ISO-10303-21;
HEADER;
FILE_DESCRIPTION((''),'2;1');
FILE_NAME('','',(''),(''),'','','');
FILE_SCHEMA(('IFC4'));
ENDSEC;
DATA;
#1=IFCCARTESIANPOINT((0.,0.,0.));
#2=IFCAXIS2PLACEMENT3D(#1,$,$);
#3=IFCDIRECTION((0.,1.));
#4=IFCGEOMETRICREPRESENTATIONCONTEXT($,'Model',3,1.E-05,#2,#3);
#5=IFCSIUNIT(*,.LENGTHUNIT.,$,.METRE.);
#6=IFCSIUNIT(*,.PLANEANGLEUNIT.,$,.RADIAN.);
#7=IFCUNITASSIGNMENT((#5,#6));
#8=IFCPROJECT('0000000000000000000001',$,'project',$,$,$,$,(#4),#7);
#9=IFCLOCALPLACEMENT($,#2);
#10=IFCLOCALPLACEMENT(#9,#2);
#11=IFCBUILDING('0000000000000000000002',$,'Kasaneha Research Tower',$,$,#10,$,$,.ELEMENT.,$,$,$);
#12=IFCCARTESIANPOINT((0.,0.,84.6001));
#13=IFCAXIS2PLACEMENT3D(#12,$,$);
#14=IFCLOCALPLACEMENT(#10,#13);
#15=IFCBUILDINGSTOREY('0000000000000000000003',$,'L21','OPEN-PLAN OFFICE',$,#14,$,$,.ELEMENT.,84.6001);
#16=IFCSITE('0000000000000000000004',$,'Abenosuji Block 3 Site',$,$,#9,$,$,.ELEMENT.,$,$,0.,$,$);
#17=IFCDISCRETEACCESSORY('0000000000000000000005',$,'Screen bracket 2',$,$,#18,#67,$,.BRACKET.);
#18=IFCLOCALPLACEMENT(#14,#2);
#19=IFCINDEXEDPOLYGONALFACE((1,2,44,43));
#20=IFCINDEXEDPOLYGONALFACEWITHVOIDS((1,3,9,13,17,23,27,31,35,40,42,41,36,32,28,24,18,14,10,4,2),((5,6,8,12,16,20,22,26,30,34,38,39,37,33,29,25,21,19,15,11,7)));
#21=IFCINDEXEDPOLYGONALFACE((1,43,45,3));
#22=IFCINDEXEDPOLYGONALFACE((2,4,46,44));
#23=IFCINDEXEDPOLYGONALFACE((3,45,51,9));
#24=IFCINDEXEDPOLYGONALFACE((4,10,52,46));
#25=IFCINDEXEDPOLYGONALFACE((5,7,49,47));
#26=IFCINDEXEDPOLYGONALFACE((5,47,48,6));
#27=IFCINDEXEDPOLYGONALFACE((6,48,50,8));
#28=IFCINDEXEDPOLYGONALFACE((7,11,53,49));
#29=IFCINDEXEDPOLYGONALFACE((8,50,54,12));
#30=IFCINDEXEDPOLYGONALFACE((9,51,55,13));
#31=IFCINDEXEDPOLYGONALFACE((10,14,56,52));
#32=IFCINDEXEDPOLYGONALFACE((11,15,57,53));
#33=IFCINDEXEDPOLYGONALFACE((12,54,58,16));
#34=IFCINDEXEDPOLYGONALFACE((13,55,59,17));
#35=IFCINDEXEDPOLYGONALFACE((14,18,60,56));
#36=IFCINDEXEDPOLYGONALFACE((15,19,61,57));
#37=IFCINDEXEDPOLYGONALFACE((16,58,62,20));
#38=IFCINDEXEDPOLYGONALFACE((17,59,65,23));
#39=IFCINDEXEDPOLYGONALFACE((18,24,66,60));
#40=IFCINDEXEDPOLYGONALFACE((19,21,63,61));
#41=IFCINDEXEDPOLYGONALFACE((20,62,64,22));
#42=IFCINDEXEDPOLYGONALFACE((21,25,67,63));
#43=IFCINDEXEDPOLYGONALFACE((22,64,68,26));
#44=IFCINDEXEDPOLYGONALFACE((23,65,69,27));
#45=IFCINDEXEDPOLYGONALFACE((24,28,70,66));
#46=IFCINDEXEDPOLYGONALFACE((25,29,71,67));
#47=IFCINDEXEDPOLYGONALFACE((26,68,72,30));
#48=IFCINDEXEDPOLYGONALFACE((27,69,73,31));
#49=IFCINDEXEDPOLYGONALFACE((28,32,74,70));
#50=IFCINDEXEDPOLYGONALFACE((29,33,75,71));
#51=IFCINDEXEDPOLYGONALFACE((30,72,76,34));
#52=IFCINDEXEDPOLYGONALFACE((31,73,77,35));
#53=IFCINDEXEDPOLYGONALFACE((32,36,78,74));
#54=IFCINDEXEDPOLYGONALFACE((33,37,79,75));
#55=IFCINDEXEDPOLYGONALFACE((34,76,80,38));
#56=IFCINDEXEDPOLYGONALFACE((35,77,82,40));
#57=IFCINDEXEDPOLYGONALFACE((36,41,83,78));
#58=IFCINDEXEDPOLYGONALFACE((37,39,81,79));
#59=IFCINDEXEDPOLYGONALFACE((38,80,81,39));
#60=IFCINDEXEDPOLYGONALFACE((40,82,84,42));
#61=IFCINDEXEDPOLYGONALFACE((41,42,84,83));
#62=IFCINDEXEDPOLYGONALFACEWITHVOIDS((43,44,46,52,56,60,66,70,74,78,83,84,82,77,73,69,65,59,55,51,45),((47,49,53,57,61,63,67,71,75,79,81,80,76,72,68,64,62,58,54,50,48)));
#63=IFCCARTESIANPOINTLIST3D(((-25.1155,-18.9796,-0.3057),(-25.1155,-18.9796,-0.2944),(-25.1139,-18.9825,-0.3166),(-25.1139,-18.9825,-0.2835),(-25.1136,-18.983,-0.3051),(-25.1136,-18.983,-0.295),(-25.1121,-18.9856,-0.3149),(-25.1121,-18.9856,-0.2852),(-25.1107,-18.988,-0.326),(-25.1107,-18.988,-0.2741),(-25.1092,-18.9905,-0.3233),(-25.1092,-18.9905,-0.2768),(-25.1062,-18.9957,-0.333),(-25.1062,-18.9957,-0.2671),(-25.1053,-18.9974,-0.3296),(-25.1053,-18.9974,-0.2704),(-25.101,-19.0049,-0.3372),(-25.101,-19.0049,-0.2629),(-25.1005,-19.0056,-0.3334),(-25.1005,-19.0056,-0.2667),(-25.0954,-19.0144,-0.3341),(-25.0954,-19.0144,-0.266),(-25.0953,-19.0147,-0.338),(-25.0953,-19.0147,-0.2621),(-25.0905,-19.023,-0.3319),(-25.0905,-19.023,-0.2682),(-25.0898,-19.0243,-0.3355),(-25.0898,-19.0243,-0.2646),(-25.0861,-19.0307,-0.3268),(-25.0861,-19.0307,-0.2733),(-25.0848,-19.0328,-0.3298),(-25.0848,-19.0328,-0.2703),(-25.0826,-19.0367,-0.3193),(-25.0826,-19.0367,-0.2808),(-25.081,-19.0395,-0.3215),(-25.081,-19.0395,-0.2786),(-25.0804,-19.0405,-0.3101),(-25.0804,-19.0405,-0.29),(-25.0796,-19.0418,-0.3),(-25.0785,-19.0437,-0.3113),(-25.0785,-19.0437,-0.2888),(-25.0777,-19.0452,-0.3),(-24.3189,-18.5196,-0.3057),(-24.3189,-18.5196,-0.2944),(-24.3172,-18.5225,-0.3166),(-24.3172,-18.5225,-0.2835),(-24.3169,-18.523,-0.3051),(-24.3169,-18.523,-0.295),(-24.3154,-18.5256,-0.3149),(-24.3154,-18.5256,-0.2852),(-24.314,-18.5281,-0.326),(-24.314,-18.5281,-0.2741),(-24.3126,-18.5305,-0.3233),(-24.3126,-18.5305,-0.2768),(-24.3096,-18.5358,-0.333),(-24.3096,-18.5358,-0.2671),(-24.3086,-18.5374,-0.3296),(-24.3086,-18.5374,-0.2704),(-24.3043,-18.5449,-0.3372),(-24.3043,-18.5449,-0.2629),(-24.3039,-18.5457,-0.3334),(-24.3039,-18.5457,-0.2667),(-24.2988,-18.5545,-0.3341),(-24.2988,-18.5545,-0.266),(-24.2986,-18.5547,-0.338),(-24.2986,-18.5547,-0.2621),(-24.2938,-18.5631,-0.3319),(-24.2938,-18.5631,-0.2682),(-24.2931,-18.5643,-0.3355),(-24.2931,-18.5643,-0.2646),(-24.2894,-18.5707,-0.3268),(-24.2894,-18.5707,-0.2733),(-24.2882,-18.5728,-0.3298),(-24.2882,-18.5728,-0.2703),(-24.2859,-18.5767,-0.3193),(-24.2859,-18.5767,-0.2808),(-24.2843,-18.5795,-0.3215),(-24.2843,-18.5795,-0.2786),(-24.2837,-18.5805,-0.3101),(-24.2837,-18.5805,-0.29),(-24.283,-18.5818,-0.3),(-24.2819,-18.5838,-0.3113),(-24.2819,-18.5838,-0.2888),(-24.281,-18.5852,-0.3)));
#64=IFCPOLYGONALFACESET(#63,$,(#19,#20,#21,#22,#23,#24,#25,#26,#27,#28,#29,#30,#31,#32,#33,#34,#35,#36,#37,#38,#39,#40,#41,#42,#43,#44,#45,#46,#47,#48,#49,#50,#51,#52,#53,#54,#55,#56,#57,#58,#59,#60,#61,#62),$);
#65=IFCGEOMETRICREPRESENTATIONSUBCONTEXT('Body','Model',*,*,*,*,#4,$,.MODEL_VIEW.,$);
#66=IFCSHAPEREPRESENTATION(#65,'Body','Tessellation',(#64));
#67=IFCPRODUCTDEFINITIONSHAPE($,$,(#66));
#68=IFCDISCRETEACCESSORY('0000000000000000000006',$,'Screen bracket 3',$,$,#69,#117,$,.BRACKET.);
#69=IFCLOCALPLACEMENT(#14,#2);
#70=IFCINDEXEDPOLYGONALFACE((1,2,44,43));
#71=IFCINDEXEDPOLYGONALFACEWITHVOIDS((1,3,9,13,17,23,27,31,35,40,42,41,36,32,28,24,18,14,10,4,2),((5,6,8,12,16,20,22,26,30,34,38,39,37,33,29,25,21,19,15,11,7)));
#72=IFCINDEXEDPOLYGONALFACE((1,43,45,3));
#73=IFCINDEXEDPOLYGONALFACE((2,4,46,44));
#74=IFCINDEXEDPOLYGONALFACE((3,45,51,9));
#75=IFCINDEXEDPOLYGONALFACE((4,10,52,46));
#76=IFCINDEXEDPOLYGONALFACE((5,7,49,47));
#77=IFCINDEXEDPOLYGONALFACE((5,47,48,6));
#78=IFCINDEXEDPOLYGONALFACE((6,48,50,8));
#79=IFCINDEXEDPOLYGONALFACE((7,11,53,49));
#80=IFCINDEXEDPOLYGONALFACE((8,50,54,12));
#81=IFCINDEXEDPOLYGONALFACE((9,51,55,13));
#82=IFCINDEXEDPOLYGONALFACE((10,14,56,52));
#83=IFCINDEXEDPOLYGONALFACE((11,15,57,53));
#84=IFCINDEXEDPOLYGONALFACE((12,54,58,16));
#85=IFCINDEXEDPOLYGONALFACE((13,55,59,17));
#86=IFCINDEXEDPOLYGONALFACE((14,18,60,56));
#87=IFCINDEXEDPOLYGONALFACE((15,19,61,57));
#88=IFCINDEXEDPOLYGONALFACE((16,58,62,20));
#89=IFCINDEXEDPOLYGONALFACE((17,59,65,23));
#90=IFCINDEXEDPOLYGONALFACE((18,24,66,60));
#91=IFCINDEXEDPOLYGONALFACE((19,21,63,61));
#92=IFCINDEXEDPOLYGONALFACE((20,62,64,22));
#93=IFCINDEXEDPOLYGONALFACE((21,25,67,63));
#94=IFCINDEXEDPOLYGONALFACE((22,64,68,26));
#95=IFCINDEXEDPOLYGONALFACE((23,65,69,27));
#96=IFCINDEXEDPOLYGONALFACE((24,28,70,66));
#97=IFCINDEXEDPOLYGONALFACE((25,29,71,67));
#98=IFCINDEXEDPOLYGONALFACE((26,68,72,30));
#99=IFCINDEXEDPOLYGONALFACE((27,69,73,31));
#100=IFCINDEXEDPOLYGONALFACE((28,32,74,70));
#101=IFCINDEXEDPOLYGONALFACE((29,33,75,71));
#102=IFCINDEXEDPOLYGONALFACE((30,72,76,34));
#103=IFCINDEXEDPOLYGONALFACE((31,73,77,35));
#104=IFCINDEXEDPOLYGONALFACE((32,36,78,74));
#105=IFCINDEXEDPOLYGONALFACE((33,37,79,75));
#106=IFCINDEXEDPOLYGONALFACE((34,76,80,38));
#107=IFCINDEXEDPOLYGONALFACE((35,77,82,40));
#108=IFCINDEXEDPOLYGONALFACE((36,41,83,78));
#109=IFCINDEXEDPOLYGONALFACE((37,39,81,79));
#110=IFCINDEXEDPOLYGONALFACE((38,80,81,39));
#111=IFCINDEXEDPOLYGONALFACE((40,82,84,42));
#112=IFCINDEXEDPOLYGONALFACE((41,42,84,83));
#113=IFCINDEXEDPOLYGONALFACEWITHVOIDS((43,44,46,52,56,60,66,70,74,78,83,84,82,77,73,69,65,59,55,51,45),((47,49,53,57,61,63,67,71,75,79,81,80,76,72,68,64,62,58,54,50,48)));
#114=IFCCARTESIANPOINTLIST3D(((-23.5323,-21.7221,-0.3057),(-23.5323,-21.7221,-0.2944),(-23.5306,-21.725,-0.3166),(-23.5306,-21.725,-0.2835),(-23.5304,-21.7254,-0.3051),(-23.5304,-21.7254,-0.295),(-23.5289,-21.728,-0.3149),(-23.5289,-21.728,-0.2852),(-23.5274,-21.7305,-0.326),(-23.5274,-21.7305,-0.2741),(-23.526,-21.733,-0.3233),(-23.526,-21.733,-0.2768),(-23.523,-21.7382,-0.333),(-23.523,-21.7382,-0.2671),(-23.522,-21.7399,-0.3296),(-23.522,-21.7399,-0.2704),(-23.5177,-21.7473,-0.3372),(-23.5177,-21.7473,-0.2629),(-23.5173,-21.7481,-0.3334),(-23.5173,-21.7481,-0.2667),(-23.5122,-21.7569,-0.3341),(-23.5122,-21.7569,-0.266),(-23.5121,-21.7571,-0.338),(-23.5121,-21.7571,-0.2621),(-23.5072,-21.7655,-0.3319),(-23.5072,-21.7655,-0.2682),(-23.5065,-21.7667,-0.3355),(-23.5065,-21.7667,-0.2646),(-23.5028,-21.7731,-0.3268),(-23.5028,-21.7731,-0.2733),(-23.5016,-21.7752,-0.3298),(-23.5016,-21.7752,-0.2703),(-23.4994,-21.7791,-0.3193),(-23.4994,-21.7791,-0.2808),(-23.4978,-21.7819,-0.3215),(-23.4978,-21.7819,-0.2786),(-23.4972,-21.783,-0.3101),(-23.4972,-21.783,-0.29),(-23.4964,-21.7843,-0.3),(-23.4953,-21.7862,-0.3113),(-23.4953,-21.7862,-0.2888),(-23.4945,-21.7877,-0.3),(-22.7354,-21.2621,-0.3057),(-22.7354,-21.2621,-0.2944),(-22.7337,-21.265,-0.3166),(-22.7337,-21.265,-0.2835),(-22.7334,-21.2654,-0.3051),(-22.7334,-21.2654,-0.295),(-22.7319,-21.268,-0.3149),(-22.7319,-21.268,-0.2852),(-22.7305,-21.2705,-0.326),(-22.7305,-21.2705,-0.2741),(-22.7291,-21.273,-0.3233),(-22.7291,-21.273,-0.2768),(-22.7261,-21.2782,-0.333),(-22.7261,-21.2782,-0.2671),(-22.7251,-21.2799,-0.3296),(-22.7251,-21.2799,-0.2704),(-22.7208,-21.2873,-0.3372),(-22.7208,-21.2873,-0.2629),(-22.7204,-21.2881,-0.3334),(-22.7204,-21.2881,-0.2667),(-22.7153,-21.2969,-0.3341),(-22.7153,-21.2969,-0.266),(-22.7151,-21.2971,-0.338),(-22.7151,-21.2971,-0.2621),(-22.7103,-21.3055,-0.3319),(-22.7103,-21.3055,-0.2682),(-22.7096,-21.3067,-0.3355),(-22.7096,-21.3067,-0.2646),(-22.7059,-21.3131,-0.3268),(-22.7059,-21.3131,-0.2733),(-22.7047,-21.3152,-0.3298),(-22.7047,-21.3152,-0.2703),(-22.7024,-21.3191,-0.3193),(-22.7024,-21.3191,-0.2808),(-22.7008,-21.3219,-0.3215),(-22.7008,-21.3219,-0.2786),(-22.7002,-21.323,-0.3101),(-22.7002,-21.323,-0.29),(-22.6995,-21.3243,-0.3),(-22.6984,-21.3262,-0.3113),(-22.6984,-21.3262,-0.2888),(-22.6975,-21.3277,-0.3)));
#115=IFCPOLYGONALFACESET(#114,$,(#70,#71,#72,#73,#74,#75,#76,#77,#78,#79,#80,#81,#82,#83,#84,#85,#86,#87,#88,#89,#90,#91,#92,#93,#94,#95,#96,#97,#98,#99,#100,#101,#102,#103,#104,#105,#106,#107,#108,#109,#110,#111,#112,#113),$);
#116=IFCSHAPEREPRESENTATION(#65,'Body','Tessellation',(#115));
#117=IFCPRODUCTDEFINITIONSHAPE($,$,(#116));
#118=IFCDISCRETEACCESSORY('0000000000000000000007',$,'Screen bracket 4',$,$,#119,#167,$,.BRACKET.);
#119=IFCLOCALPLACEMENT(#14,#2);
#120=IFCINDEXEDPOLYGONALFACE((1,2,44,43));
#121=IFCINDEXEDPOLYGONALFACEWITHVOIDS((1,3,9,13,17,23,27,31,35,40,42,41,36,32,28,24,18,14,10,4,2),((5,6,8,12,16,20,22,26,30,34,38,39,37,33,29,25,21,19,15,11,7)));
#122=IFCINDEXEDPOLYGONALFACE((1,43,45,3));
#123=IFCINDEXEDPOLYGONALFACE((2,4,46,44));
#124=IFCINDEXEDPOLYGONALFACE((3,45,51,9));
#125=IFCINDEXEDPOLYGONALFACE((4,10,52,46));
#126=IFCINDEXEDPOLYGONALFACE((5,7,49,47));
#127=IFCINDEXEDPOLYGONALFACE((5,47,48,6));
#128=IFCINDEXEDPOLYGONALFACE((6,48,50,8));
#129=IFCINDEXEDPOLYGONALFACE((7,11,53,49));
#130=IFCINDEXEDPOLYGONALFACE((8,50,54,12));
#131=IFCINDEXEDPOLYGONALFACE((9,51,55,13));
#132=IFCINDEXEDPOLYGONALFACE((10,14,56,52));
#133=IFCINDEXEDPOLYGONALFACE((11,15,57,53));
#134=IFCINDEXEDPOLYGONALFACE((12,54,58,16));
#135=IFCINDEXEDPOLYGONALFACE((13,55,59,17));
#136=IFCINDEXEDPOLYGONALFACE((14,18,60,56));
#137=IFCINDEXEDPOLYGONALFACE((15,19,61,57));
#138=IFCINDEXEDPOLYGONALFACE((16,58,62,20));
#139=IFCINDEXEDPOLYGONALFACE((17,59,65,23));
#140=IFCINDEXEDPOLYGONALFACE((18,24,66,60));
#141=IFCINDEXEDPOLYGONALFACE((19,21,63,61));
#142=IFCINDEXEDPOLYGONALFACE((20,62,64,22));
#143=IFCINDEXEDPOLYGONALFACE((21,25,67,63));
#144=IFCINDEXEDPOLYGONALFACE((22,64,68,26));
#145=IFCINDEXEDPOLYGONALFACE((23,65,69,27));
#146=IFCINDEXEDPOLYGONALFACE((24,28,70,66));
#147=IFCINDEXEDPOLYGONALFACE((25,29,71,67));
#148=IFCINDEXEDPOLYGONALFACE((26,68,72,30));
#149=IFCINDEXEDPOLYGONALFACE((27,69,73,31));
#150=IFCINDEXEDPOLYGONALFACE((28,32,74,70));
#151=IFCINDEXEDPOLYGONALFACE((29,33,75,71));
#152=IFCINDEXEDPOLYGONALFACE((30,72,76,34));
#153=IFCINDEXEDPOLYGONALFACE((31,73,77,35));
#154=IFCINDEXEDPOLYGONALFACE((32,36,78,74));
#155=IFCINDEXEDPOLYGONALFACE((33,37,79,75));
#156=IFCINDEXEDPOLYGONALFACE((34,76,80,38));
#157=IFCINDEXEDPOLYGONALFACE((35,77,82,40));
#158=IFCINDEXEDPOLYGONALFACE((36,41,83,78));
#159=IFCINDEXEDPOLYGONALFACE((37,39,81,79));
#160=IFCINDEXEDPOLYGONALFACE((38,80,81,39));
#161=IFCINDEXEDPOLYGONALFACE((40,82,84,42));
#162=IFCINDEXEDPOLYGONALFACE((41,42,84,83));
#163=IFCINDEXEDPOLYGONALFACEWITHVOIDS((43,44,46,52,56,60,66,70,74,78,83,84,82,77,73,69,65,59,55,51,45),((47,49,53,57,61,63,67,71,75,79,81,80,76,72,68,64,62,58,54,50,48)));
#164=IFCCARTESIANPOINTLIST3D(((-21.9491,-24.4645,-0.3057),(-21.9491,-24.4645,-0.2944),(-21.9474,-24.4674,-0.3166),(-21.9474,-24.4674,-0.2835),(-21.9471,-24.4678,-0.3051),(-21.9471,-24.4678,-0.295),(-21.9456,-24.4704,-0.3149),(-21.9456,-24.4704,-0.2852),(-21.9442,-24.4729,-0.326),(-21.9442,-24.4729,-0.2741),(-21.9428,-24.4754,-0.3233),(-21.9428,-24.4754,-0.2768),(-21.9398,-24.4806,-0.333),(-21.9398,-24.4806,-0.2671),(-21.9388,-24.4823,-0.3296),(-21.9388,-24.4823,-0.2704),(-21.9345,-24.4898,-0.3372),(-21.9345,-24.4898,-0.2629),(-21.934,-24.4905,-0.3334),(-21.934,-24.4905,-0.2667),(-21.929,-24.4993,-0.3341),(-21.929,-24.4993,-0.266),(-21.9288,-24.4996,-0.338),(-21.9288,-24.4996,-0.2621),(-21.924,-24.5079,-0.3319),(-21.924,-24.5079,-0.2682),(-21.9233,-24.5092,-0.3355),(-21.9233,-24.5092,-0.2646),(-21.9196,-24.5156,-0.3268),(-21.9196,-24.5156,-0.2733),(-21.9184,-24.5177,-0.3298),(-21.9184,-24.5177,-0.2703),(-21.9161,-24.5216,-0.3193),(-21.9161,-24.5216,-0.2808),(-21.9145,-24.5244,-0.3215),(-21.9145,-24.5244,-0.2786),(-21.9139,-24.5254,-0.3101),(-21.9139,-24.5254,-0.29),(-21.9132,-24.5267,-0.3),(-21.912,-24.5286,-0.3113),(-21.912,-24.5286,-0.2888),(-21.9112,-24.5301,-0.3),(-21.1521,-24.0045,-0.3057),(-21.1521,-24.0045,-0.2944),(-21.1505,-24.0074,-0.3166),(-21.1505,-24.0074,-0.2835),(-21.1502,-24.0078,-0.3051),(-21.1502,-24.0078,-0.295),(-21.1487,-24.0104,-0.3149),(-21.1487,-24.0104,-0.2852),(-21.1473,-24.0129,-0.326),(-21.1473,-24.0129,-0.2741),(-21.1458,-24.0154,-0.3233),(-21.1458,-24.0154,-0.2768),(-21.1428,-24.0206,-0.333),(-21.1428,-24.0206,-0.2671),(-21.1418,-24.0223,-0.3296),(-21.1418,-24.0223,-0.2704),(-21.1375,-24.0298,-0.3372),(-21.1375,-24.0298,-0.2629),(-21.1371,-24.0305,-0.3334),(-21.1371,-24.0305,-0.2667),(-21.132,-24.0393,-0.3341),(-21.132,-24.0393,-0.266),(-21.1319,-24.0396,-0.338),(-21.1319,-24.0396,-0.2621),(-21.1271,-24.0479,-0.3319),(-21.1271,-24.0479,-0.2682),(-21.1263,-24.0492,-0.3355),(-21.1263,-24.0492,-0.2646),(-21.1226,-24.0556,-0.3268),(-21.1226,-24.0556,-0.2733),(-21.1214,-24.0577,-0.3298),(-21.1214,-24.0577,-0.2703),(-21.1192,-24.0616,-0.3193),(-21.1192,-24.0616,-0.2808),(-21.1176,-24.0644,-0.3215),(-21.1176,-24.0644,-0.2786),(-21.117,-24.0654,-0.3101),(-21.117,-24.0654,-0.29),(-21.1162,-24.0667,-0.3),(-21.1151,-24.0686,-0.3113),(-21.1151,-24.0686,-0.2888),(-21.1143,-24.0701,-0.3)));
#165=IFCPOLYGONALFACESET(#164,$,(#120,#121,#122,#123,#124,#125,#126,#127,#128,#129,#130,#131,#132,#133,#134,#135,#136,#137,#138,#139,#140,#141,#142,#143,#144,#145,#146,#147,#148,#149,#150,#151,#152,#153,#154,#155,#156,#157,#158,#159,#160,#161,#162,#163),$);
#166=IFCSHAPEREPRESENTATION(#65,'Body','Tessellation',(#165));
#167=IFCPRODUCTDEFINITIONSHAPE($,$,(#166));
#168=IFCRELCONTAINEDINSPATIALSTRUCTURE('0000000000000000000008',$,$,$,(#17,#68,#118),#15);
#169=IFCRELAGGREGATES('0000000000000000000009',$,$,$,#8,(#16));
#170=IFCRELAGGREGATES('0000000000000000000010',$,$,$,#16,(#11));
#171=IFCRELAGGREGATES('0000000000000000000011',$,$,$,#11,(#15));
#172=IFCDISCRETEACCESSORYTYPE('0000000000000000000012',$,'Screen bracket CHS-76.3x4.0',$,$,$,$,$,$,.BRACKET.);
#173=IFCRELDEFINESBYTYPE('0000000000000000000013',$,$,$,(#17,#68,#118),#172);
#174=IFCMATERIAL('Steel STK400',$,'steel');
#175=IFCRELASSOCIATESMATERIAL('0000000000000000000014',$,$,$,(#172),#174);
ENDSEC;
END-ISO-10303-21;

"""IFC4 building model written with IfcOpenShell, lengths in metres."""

from ifc_helpers import new_model, si_unit, direction, frame, origin, origin_2d, place, context, subcontext, project, spatial, hollow_circle, extrude, material, material_profile, profile_set, type_object, element, save


model = new_model("IFC4")

# Units and contexts
model_context = context("Model", 3, precision=1e-05, world=origin(), true_north=direction((0.0, 1.0)))
body_context = subcontext(model_context, "Body", "Model", "MODEL_VIEW")
ifc_project = project(units=[si_unit("LENGTHUNIT", "METRE"), si_unit("PLANEANGLEUNIT", "RADIAN")], contexts=[model_context])

# Site, building, storey
site_placement = place(None, origin())
site = spatial("IfcSite", under=ifc_project, at=site_placement, Name="Abenosuji Block 3 Site", CompositionType="ELEMENT", RefElevation=0.0)
building_placement = place(site_placement, origin())
building = spatial("IfcBuilding", under=site, at=building_placement, Name="Kasaneha Research Tower", CompositionType="ELEMENT")
storey_placement = place(building_placement, frame((0.0, 0.0, 84.6001)))
storey = spatial("IfcBuildingStorey", under=building, at=storey_placement, Name="L21", Description="OPEN-PLAN OFFICE", CompositionType="ELEMENT", Elevation=84.6001)

# Discrete accessories
ifc_material_1 = material(Name="Steel STK400", Category="steel")
ifc_material_profile_1 = material_profile(ifc_material_1, hollow_circle(Radius=0.0381, WallThickness=0.0039, at=origin_2d()), Name="CHS-76.3x4.0")
ifc_profile_set_1 = profile_set([ifc_material_profile_1], Name="Steel STK400")
discrete_accessory_type = type_object("IfcDiscreteAccessoryType", Name="Screen bracket CHS-76.3x4.0", PredefinedType="BRACKET", material=ifc_profile_set_1)
discrete_accessory_1_placement = place(storey_placement, frame((-24.3, -18.5522, -0.3), z_axis=(-0.866013, -0.500021, 0.0), x_axis=(0.500021, -0.866013, 0.0)))
element("IfcDiscreteAccessory", 1, at=discrete_accessory_1_placement, inside=storey, type_object=discrete_accessory_type, Name="Screen bracket 2", PredefinedType="BRACKET", context=body_context, shape_type="SweptSolid", body=[
    extrude(hollow_circle(Radius=0.0381, WallThickness=0.0039, at=origin_2d()), origin(), (0.0, 0.0, 1.0), 0.9199),
])
for number, where, z_axis, x_axis, name in (
    (2, (-22.7166, -21.2947, -0.3), (-0.86608, -0.499906, 0.0), (0.499906, -0.86608, 0.0), "Screen bracket 3"),
    (3, (-21.1333, -24.0371, -0.3), (-0.86608, -0.499906, 0.0), (0.499906, -0.86608, 0.0), "Screen bracket 4"),
):
    element("IfcDiscreteAccessory", number, at=place(storey_placement, frame(where, z_axis=z_axis, x_axis=x_axis)), inside=storey, type_object=discrete_accessory_type, Name=name, PredefinedType="BRACKET", context=body_context, shape_type="SweptSolid", body=[
        extrude(hollow_circle(Radius=0.0381, WallThickness=0.0039, at=origin_2d()), origin(), (0.0, 0.0, 1.0), 0.9202),
    ])

save(model, "model.ifc")
